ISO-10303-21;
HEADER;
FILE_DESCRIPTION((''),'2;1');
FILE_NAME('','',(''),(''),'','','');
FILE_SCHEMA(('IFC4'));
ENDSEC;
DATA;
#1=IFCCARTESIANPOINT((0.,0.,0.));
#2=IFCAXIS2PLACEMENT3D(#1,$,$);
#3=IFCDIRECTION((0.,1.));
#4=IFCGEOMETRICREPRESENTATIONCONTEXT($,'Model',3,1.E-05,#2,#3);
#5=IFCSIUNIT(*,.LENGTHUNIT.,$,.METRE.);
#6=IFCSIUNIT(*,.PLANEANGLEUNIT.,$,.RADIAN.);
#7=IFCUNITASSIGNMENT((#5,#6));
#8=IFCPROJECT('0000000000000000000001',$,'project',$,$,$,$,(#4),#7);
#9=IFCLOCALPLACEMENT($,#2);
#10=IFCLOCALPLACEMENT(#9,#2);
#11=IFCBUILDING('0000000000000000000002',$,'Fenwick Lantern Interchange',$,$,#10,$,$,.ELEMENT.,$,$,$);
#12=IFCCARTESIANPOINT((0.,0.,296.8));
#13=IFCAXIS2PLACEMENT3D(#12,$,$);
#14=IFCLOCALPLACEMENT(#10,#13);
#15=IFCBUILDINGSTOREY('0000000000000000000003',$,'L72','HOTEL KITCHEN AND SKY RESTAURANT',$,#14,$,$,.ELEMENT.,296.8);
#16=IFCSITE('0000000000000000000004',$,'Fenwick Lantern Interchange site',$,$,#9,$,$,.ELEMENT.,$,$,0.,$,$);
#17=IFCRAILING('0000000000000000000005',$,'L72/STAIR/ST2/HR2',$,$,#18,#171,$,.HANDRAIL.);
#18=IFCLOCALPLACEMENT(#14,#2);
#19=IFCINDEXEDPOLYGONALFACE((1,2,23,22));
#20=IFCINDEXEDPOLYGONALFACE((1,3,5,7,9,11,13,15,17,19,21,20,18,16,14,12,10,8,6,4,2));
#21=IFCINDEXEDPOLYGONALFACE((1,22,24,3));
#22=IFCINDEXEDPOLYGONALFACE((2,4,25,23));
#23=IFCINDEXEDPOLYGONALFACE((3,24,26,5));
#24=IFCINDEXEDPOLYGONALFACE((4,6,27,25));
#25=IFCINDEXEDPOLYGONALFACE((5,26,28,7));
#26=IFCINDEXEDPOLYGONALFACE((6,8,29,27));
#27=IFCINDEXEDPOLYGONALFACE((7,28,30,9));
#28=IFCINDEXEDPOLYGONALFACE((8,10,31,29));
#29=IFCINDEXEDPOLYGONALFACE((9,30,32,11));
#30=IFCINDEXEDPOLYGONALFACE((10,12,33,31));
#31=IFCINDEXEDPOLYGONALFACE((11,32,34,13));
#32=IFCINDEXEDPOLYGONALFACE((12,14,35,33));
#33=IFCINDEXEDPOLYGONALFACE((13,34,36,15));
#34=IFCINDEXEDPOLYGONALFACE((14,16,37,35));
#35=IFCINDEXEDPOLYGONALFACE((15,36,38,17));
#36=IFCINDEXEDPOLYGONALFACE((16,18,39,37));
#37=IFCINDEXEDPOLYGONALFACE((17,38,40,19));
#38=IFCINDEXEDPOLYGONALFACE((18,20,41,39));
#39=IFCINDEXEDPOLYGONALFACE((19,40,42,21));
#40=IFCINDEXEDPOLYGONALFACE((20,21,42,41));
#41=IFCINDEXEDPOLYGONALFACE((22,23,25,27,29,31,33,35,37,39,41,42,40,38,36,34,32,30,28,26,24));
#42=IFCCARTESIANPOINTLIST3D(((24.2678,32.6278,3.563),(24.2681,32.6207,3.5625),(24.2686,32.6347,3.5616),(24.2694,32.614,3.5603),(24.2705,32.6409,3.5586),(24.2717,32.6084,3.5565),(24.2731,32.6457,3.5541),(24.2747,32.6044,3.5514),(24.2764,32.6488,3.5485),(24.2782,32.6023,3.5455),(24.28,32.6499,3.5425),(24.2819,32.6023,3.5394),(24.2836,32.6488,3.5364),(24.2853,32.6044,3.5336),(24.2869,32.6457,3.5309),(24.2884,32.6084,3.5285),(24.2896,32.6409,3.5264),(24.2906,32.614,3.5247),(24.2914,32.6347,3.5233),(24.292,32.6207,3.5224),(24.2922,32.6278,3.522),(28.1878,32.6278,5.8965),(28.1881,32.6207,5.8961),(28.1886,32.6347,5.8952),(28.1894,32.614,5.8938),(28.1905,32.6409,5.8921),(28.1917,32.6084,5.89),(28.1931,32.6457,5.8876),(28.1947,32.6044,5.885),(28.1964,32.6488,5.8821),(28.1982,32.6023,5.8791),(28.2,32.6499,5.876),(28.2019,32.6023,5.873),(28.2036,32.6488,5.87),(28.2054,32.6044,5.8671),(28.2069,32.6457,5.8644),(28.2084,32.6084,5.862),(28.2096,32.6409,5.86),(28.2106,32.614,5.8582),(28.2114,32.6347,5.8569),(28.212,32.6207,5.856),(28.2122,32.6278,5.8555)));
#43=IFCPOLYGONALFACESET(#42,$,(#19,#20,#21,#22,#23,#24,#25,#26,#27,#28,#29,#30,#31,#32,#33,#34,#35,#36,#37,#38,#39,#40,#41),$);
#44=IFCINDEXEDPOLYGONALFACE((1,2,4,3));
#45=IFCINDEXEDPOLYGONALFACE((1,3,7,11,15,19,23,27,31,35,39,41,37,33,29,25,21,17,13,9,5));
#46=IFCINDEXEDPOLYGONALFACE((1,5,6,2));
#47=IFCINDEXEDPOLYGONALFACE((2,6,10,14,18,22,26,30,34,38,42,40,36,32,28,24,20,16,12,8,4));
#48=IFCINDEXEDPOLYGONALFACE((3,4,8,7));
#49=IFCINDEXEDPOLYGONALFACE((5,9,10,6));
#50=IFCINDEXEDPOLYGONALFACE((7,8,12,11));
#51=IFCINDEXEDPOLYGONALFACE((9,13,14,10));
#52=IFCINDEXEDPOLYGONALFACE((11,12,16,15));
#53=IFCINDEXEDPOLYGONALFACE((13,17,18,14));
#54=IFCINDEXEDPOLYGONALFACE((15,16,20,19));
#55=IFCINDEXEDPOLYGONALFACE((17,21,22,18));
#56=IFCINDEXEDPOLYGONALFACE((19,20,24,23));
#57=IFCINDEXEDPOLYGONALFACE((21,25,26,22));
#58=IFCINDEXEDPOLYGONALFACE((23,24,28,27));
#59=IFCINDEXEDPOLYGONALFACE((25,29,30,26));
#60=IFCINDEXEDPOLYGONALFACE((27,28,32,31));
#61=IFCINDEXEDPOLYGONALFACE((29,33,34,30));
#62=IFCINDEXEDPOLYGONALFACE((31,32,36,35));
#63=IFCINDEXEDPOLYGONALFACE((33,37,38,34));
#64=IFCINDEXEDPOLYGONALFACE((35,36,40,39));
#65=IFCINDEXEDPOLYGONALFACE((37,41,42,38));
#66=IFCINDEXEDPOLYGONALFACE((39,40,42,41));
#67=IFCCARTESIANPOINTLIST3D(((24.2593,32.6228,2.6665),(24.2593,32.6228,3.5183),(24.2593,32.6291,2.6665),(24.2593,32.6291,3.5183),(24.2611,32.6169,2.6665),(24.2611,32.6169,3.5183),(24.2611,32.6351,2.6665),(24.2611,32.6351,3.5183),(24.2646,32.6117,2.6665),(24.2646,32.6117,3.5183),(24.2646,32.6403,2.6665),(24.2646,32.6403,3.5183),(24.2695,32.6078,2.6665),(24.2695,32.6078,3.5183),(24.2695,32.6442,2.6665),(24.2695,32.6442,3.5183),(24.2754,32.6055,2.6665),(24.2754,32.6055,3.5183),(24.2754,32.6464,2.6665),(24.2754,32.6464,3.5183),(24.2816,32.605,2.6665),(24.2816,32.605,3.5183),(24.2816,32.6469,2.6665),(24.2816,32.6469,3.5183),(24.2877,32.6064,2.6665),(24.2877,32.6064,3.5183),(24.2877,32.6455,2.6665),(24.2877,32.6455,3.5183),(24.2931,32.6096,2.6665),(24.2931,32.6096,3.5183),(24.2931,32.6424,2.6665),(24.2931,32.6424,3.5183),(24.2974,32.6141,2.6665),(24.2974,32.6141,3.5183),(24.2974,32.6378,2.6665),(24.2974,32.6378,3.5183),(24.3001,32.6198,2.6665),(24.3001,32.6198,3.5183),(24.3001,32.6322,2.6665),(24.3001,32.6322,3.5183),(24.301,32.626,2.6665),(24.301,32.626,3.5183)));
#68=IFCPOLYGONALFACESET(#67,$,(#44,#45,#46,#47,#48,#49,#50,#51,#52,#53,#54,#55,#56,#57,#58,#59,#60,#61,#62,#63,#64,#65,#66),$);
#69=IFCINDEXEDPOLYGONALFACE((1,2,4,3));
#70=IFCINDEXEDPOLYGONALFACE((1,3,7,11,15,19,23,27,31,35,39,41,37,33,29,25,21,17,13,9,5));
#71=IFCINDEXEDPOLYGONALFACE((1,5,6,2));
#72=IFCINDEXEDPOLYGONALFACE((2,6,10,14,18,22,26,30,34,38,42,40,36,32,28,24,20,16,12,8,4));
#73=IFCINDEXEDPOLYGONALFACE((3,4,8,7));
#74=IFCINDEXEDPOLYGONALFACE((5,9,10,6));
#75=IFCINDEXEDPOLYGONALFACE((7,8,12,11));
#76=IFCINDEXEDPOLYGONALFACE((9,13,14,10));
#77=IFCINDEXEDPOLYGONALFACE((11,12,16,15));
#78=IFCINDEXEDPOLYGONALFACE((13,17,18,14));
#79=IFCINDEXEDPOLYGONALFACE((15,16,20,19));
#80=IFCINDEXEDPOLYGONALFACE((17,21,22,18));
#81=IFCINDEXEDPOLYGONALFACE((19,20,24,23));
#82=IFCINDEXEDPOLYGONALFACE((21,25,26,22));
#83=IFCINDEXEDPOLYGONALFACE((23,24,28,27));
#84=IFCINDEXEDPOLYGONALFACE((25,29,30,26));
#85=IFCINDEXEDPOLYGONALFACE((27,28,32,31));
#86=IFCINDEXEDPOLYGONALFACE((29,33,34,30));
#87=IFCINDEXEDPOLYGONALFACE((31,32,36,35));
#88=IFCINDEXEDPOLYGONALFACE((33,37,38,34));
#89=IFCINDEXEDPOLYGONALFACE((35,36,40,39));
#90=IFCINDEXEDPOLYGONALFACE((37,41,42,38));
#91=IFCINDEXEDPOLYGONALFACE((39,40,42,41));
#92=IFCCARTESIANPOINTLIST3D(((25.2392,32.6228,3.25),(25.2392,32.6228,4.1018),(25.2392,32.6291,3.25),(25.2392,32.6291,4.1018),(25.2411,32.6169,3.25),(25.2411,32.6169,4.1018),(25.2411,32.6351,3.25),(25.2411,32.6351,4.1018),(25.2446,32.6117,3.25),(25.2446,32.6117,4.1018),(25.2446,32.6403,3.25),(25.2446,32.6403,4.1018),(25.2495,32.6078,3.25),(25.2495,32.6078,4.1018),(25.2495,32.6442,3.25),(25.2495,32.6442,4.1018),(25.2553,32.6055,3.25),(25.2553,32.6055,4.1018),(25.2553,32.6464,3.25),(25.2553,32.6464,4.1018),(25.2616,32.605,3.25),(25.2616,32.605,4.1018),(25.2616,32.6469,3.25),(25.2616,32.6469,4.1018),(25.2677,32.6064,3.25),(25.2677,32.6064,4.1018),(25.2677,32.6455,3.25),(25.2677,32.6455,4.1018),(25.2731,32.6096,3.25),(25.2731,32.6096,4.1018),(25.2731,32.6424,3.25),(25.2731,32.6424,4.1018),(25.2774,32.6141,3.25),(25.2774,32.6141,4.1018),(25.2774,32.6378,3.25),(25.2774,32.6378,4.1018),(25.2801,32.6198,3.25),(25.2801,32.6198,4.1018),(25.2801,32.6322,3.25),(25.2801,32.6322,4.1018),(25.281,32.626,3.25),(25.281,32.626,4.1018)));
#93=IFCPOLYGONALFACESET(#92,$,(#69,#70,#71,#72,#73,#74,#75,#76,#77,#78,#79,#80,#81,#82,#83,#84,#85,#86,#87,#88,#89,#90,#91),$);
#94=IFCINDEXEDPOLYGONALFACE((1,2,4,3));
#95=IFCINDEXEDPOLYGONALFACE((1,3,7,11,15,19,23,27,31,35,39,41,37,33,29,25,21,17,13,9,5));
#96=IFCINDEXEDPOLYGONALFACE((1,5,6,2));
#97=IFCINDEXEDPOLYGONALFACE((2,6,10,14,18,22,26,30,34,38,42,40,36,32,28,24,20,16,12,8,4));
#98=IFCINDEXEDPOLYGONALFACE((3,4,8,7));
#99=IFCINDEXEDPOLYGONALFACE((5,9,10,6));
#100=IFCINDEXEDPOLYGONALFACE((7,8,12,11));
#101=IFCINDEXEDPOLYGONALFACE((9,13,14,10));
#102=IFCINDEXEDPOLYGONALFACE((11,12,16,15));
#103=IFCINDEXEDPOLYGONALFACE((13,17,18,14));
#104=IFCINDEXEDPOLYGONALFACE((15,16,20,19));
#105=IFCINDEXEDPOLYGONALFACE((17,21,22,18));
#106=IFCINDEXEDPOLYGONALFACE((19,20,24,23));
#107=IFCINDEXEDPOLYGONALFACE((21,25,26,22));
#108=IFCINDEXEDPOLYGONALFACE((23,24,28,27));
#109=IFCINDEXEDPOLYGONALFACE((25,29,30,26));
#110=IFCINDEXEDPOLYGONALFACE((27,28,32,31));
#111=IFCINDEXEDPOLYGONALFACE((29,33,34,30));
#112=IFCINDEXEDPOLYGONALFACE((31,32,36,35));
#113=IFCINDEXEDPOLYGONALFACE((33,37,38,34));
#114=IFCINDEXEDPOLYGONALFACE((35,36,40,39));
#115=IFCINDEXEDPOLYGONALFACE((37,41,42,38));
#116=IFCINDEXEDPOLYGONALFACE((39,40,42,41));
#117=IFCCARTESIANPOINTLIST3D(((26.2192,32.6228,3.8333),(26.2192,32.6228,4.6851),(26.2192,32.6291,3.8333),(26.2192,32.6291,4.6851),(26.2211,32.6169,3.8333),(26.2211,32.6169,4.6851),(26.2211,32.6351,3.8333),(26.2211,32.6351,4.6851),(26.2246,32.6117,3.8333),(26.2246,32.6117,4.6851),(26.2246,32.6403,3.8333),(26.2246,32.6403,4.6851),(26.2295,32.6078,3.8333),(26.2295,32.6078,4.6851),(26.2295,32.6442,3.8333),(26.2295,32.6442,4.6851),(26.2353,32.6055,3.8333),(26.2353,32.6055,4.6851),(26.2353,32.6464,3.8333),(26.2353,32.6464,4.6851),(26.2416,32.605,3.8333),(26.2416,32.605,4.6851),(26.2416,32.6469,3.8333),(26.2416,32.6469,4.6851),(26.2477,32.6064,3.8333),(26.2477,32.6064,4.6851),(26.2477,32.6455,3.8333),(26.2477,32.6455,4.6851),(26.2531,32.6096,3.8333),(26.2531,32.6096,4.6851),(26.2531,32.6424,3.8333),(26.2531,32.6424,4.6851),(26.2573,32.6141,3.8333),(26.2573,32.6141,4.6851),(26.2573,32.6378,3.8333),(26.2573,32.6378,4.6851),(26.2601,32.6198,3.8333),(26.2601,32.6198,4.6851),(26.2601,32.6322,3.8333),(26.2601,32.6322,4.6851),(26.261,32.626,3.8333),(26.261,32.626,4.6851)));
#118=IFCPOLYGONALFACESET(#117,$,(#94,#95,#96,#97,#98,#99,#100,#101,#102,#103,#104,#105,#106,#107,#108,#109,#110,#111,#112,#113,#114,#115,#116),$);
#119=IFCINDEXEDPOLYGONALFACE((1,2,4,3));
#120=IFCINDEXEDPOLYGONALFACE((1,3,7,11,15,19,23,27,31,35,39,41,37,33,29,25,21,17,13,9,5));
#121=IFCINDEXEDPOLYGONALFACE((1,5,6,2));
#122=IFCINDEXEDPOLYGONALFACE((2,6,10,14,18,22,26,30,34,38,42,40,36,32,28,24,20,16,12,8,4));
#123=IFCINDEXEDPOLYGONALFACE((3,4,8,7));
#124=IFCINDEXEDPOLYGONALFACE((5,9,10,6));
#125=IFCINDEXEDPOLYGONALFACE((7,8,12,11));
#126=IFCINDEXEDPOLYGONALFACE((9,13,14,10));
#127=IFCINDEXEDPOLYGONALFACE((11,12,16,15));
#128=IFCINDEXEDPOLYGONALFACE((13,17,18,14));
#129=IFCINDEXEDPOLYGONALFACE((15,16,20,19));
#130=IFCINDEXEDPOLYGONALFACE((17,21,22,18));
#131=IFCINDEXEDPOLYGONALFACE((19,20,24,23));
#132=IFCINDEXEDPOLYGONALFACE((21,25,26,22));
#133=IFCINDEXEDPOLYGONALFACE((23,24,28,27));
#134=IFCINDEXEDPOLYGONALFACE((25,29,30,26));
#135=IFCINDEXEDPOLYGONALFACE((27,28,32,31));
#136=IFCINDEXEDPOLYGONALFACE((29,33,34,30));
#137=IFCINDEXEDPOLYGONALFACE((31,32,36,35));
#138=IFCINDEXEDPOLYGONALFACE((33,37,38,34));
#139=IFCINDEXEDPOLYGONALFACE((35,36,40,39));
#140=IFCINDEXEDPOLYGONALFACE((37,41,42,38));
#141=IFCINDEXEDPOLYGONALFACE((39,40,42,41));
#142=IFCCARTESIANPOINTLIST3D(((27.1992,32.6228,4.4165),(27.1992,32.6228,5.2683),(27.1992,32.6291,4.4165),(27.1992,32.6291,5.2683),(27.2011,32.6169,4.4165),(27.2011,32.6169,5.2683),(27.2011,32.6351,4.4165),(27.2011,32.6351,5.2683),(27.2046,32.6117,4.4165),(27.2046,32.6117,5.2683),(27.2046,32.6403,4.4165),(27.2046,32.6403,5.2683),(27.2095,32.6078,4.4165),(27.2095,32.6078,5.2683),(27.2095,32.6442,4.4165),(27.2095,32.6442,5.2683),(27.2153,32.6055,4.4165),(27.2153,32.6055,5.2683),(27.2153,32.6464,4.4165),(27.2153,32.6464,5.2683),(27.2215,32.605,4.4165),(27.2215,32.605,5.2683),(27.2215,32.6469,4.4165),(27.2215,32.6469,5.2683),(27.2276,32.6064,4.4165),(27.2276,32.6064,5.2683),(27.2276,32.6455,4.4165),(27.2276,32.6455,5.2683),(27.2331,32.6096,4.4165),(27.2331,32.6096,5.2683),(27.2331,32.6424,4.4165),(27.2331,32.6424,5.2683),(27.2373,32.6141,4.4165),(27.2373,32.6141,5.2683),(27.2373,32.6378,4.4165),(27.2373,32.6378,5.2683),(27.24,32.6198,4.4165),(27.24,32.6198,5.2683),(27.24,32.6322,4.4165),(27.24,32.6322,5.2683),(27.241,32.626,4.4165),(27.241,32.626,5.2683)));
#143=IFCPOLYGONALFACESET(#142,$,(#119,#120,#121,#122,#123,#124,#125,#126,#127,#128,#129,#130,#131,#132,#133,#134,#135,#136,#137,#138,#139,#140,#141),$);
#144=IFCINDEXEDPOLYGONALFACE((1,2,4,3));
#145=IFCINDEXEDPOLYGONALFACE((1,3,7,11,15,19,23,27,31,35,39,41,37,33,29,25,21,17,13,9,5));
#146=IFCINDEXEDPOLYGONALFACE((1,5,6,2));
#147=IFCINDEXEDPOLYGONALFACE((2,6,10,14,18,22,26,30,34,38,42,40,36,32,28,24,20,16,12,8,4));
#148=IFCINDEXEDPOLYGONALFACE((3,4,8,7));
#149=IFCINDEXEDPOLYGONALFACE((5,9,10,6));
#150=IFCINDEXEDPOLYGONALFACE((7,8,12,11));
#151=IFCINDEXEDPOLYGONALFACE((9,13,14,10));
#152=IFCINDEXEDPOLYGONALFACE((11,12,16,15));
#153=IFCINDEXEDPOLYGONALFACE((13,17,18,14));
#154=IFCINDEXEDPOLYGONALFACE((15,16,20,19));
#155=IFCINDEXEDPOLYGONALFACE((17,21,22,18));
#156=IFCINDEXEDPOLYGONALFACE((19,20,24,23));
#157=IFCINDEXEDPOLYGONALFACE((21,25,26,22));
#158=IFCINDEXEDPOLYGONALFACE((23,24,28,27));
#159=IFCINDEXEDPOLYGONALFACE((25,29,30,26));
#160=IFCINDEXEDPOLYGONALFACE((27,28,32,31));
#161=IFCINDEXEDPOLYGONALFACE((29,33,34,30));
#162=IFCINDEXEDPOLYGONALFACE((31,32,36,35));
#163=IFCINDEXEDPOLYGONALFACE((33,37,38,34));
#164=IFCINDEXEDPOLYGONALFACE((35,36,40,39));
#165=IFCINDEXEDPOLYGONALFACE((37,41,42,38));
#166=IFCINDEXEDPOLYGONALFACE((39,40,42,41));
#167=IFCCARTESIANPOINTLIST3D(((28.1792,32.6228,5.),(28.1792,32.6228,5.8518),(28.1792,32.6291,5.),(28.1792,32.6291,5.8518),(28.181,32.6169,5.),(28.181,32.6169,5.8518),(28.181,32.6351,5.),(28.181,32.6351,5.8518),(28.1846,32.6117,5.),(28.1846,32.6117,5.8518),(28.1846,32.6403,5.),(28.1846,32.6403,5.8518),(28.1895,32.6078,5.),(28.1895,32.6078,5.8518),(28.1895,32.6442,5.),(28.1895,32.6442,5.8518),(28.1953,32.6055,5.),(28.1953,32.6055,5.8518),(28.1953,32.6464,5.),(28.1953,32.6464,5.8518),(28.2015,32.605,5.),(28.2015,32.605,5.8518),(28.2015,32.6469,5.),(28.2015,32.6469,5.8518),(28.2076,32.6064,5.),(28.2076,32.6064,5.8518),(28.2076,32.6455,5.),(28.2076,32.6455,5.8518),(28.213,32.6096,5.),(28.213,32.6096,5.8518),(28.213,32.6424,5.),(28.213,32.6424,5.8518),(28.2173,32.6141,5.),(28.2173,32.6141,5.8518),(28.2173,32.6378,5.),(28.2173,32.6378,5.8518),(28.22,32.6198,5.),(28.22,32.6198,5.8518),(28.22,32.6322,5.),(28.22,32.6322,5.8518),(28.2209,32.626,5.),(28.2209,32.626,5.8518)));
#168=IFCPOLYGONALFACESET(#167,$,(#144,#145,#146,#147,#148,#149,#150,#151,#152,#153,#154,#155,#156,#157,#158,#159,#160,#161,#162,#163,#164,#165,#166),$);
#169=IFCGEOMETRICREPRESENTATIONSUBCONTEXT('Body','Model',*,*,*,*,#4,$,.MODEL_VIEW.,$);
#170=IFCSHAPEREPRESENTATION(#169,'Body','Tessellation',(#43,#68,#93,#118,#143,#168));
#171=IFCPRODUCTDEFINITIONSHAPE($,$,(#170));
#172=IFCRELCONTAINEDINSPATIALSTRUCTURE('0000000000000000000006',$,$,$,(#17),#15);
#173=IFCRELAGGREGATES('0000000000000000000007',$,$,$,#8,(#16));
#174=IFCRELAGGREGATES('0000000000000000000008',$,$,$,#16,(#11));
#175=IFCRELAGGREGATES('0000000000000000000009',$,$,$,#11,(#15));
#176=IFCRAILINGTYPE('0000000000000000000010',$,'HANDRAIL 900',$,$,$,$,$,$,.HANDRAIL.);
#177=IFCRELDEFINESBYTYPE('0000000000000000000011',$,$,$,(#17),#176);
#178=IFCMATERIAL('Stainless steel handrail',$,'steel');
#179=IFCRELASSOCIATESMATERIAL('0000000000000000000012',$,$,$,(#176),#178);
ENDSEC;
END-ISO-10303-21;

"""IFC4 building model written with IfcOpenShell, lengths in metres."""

from ifc_helpers import new_model, si_unit, direction, frame, origin, origin_2d, place, context, subcontext, project, spatial, circle, extrude, material, type_object, element, save


model = new_model("IFC4")

# Units and contexts
model_context = context("Model", 3, precision=1e-05, world=origin(), true_north=direction((0.0, 1.0)))
body_context = subcontext(model_context, "Body", "Model", "MODEL_VIEW")
ifc_project = project(units=[si_unit("LENGTHUNIT", "METRE"), si_unit("PLANEANGLEUNIT", "RADIAN")], contexts=[model_context])

# Site, building, storey
site_placement = place(None, origin())
site = spatial("IfcSite", under=ifc_project, at=site_placement, Name="Fenwick Lantern Interchange site", CompositionType="ELEMENT", RefElevation=0.0)
building_placement = place(site_placement, origin())
building = spatial("IfcBuilding", under=site, at=building_placement, Name="Fenwick Lantern Interchange", CompositionType="ELEMENT")
storey_placement = place(building_placement, frame((0.0, 0.0, 296.8)))
storey = spatial("IfcBuildingStorey", under=building, at=storey_placement, Name="L72", Description="HOTEL KITCHEN AND SKY RESTAURANT", CompositionType="ELEMENT", Elevation=296.8)

# Railing
ifc_material_1 = material(Name="Stainless steel handrail", Category="steel")
railing_type = type_object("IfcRailingType", Name="HANDRAIL 900", PredefinedType="HANDRAIL", material=ifc_material_1)
railing_1_placement = place(storey_placement, frame((24.28, 32.626, 2.6665)))
element("IfcRailing", 1, at=railing_1_placement, inside=storey, type_object=railing_type, Name="L72/STAIR/ST2/HR2", PredefinedType="HANDRAIL", context=body_context, shape_type="SweptSolid", body=[
    extrude(circle(Radius=0.0239, at=origin_2d()), frame((0.0, 0.0, 0.876), z_axis=(0.859273, 0.0, 0.511518), x_axis=(0.0, 1.0, 0.0)), (0.0, 0.0, 1.0), 4.562),
    extrude(circle(Radius=0.021, at=origin_2d()), origin(), (0.0, 0.0, 1.0), 0.8518),
    extrude(circle(Radius=0.021, at=origin_2d()), frame((0.98, 0.0, 0.5835)), (0.0, 0.0, 1.0), 0.8518),
    extrude(circle(Radius=0.021, at=origin_2d()), frame((1.96, 0.0, 1.1667)), (0.0, 0.0, 1.0), 0.8518),
    extrude(circle(Radius=0.021, at=origin_2d()), frame((2.9399, 0.0, 1.75)), (0.0, 0.0, 1.0), 0.8518),
    extrude(circle(Radius=0.021, at=origin_2d()), frame((3.9199, 0.0, 2.3335)), (0.0, 0.0, 1.0), 0.8518),
])

save(model, "model.ifc")
